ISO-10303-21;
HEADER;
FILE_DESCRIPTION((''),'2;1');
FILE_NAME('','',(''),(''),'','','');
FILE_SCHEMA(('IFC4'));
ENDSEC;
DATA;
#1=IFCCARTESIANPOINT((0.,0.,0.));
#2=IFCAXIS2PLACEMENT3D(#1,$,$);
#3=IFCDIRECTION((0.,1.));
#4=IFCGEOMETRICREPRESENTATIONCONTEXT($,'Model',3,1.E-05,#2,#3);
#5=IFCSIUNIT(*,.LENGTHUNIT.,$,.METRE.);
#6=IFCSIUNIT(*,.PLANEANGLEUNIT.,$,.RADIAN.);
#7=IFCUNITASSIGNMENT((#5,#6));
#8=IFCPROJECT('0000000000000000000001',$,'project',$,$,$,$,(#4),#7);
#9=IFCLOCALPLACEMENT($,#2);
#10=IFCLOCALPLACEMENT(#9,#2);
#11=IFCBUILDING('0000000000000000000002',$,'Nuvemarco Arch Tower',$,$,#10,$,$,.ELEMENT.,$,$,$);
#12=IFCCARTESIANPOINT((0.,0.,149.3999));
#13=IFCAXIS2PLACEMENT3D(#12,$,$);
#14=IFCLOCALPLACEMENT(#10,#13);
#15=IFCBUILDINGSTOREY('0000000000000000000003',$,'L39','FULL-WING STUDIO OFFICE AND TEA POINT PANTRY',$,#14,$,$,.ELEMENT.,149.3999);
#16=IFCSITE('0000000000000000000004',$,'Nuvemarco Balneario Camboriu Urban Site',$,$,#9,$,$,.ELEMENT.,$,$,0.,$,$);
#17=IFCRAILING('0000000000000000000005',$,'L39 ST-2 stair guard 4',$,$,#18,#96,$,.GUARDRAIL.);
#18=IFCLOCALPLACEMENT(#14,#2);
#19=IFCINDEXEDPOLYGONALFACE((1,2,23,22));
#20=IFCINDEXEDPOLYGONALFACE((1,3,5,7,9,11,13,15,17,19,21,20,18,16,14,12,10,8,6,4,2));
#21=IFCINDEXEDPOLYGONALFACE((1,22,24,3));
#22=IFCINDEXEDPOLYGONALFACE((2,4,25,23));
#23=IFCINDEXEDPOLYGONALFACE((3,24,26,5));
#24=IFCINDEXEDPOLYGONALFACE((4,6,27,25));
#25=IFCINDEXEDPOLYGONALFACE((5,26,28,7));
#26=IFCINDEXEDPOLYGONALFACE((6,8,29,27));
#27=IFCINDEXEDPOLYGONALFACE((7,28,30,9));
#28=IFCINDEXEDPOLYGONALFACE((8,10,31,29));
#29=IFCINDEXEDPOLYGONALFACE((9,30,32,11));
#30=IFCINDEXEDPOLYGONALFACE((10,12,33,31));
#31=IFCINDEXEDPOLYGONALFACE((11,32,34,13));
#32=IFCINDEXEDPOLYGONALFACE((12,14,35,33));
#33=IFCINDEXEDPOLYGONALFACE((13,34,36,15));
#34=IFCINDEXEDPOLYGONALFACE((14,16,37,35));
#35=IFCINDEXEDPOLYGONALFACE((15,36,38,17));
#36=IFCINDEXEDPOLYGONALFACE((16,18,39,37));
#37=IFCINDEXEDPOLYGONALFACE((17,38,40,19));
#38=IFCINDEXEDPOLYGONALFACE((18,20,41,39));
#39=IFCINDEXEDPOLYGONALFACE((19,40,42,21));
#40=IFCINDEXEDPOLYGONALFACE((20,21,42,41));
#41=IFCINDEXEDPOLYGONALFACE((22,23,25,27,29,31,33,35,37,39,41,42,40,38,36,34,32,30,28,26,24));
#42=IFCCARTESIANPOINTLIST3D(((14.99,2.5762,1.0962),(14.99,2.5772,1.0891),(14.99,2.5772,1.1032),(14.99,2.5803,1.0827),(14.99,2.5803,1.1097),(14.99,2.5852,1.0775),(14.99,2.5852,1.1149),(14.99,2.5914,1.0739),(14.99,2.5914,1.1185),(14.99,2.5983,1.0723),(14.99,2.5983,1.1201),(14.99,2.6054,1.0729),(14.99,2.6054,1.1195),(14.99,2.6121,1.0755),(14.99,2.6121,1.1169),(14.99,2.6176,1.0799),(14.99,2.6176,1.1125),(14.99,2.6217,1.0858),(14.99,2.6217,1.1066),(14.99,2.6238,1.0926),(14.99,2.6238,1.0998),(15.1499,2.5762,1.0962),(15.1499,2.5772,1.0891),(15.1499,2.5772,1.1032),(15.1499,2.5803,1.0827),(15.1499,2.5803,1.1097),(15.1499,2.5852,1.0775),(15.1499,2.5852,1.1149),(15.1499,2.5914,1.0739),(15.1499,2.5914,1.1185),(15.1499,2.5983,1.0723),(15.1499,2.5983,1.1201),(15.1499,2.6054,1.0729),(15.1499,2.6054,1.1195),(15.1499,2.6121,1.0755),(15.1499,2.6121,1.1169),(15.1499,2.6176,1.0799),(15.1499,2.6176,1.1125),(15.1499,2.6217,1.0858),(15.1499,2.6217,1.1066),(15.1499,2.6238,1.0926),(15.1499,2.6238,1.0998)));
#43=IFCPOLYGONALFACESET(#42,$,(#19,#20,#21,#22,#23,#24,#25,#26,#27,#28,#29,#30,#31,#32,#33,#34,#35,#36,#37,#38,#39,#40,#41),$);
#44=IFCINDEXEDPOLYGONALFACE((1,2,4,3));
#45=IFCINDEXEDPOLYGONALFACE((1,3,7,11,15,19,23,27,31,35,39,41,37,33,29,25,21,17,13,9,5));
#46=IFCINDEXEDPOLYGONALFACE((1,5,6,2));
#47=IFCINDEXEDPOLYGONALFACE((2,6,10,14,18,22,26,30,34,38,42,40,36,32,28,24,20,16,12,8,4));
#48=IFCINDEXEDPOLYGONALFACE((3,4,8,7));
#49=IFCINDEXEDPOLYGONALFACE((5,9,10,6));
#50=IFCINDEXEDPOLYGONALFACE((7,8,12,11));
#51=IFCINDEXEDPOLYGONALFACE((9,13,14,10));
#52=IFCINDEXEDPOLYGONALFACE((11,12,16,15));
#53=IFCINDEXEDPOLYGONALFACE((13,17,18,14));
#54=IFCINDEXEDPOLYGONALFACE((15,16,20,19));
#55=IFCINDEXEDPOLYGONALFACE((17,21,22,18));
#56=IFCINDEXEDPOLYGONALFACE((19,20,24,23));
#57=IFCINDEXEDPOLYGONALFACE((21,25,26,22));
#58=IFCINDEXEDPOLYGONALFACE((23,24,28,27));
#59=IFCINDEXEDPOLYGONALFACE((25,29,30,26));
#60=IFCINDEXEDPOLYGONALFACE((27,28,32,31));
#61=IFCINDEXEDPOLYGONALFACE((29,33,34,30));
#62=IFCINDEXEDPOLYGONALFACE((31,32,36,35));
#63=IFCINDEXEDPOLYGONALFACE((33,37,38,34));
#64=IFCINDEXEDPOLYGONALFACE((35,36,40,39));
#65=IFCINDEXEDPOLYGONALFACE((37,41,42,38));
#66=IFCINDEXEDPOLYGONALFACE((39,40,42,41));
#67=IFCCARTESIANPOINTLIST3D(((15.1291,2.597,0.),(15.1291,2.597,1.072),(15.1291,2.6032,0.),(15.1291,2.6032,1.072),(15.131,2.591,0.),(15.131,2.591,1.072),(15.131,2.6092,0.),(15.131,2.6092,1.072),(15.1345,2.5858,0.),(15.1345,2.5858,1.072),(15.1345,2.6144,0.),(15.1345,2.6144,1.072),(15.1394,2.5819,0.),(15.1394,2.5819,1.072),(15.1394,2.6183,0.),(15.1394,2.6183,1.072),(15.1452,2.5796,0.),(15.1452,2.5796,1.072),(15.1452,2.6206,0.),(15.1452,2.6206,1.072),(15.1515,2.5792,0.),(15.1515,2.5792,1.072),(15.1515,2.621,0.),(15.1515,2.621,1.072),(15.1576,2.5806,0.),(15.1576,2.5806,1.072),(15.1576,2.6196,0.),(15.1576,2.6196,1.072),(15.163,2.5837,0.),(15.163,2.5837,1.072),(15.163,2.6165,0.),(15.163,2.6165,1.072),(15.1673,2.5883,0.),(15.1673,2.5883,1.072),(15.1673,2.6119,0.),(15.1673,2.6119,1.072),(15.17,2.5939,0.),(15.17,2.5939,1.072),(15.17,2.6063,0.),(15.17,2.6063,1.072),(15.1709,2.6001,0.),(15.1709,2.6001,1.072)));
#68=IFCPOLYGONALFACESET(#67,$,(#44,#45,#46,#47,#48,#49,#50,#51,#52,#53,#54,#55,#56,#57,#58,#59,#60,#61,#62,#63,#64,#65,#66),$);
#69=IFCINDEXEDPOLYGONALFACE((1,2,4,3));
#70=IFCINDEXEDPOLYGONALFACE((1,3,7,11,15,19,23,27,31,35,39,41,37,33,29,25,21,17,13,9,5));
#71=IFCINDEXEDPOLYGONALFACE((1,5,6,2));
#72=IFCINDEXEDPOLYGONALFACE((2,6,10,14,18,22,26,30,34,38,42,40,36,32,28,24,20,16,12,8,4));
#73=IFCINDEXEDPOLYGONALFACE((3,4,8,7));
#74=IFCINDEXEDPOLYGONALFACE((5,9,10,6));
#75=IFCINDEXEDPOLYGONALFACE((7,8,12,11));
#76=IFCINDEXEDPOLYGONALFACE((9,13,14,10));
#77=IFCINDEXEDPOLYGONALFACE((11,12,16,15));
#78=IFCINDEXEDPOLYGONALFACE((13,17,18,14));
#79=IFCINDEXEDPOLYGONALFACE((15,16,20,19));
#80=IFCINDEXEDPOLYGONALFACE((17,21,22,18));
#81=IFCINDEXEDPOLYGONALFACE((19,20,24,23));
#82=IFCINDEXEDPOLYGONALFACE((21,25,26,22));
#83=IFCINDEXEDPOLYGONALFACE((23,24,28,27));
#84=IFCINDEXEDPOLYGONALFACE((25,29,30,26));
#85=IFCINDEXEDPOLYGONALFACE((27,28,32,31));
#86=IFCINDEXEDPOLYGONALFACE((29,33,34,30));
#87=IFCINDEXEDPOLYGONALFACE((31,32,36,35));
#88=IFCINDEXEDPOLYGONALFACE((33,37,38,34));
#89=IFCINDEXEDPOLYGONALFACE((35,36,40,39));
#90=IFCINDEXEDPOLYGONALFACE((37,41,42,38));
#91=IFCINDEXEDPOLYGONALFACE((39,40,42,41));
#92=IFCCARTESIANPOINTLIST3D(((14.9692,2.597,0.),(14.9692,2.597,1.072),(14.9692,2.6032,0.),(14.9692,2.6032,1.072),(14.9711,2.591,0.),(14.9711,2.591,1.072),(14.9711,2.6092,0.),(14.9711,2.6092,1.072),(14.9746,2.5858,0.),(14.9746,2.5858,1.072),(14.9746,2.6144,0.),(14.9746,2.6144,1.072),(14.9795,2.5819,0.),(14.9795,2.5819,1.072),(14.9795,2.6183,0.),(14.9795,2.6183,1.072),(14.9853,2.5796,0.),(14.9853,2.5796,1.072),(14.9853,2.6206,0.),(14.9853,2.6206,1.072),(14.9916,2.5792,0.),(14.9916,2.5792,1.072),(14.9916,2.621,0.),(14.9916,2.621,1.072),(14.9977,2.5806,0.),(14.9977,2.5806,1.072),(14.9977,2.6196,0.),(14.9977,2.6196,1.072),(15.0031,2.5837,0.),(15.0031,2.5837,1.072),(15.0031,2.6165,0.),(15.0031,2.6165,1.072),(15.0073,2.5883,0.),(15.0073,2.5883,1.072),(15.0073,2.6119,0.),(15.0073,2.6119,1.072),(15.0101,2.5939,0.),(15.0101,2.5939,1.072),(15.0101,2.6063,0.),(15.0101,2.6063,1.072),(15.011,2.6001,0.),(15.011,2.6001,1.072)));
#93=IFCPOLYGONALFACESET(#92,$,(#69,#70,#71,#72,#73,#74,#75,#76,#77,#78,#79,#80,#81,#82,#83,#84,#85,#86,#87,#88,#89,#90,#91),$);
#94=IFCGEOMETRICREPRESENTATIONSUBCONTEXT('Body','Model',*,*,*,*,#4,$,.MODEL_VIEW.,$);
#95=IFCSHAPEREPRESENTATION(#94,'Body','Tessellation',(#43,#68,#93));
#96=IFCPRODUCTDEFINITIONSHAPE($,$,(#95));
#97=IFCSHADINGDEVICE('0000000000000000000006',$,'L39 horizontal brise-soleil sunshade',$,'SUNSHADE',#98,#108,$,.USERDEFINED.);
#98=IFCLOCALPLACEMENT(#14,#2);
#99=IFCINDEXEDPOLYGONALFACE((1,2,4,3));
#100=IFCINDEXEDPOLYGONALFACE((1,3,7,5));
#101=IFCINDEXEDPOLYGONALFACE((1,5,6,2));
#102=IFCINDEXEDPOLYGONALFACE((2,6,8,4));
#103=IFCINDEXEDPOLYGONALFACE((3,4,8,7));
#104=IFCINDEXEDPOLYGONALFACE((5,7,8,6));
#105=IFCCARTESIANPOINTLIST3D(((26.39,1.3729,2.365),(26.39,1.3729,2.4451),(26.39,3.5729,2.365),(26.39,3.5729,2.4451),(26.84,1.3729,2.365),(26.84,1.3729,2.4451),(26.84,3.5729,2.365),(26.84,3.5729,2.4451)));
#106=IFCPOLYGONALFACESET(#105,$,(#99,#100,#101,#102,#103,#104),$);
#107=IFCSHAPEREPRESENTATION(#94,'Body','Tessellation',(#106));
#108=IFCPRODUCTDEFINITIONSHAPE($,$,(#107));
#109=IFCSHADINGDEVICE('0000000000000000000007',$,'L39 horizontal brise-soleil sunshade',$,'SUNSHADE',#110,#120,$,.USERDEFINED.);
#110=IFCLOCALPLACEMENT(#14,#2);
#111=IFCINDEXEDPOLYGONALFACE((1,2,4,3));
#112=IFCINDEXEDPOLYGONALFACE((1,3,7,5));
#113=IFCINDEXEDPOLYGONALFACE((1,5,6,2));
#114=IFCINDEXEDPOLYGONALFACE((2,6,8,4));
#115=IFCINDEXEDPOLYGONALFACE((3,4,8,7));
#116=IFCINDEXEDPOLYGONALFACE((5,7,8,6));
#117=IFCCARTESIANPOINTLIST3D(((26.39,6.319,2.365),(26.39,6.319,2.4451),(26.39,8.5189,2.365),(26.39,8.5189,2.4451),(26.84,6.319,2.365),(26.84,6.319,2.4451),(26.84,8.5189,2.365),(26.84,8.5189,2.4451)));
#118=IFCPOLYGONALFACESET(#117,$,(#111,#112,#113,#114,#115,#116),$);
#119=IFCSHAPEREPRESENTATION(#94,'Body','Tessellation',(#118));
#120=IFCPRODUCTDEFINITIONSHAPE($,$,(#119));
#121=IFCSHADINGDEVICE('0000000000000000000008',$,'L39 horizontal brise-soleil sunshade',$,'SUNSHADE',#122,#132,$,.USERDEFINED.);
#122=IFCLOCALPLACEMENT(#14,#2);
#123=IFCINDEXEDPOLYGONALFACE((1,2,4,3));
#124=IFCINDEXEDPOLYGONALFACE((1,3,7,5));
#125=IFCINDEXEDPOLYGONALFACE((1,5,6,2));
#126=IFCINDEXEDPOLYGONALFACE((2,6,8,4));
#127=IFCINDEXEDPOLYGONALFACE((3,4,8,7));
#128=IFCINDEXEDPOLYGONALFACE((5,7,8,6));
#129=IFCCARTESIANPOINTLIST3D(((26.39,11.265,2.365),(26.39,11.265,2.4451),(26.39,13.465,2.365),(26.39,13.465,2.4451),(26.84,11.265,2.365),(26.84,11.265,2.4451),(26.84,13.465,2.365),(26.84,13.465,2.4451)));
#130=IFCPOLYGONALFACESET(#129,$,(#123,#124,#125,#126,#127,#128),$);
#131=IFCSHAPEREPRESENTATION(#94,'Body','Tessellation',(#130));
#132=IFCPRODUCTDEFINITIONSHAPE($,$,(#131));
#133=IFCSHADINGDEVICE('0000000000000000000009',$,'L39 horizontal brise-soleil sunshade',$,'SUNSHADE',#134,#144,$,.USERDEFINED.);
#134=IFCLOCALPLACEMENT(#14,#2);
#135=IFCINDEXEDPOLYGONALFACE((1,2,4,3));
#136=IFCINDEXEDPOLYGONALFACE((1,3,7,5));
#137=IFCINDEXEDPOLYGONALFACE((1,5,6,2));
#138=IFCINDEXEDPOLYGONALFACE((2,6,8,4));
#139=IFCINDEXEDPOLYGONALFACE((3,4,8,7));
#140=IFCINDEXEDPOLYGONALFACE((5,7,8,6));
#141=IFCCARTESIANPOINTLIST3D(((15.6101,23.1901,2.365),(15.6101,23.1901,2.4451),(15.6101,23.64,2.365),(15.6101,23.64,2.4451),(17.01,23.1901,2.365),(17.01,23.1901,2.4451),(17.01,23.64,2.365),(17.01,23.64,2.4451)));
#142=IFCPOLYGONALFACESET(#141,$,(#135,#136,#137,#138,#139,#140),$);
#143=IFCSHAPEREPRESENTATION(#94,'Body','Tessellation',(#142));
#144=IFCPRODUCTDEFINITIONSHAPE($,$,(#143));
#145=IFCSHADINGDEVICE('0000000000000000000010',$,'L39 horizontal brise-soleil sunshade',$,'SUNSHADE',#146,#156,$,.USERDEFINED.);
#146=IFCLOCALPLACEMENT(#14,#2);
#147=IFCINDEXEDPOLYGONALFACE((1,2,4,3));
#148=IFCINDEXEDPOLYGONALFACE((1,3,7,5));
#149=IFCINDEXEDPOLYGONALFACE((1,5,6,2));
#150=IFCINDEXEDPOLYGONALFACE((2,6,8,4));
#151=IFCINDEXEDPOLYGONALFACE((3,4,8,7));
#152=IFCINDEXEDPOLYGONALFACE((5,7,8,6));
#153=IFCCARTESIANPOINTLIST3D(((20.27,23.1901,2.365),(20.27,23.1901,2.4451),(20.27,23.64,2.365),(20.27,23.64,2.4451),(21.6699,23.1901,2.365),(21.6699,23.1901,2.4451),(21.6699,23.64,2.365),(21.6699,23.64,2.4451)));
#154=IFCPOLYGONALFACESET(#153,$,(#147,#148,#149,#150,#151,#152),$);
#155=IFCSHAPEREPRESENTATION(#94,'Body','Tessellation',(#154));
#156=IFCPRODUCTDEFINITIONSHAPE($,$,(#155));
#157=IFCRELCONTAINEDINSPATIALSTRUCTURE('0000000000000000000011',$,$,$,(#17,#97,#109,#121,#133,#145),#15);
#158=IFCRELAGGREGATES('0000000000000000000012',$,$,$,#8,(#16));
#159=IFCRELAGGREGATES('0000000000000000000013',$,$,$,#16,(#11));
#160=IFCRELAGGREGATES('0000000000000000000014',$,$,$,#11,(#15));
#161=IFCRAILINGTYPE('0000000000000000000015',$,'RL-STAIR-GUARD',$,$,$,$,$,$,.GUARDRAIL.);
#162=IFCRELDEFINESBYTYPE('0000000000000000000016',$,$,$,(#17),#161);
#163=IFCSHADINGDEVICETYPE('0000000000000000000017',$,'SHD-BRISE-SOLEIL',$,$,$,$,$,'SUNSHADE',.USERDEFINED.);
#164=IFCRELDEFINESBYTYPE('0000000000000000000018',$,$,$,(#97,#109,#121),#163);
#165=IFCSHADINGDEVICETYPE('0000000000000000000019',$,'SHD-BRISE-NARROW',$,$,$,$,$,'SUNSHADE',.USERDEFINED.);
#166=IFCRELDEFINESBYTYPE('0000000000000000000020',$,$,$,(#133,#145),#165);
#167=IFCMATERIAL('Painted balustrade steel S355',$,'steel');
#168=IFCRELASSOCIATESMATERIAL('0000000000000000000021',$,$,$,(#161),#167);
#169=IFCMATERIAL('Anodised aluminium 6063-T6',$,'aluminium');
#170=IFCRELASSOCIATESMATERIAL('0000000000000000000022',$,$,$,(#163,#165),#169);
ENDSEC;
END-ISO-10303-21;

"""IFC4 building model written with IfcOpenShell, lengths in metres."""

from ifc_helpers import new_model, si_unit, direction, frame, origin, origin_2d, place, context, subcontext, project, spatial, rectangle, circle, extrude, source, transform, mapped, material, type_object, type_shapes, element, save


model = new_model("IFC4")

# Units and contexts
model_context = context("Model", 3, precision=1e-05, world=origin(), true_north=direction((0.0, 1.0)))
body_context = subcontext(model_context, "Body", "Model", "MODEL_VIEW")
ifc_project = project(units=[si_unit("LENGTHUNIT", "METRE"), si_unit("PLANEANGLEUNIT", "RADIAN")], contexts=[model_context])

# Site, building, storey
site_placement = place(None, origin())
site = spatial("IfcSite", under=ifc_project, at=site_placement, Name="Nuvemarco Balneario Camboriu Urban Site", CompositionType="ELEMENT", RefElevation=0.0)
building_placement = place(site_placement, origin())
building = spatial("IfcBuilding", under=site, at=building_placement, Name="Nuvemarco Arch Tower", CompositionType="ELEMENT")
storey_placement = place(building_placement, frame((0.0, 0.0, 149.3999)))
storey = spatial("IfcBuildingStorey", under=building, at=storey_placement, Name="L39", Description="FULL-WING STUDIO OFFICE AND TEA POINT PANTRY", CompositionType="ELEMENT", Elevation=149.3999)

# Railing
ifc_material_1 = material(Name="Painted balustrade steel S355", Category="steel")
railing_type_1 = type_object("IfcRailingType", Name="RL-STAIR-GUARD", PredefinedType="GUARDRAIL", material=ifc_material_1)
railing_1_placement = place(storey_placement, frame((15.1499, 2.6001, 0.0)))
element("IfcRailing", 1, at=railing_1_placement, inside=storey, type_object=railing_type_1, Name="L39 ST-2 stair guard 4", PredefinedType="GUARDRAIL", context=body_context, shape_type="SweptSolid", body=[
    extrude(circle(Radius=0.0239, at=origin_2d()), frame((0.0, 0.0, 1.0962), z_axis=(-1.0, 0.0, 0.0), x_axis=(0.0, -1.0, 0.0)), (0.0, 0.0, 1.0), 0.1599),
    extrude(circle(Radius=0.021, at=origin_2d()), origin(), (0.0, 0.0, 1.0), 1.072),
    extrude(circle(Radius=0.021, at=origin_2d()), frame((-0.1599, 0.0, 0.0)), (0.0, 0.0, 1.0), 1.072),
])

# Shading devices
ifc_material_2 = material(Name="Anodised aluminium 6063-T6", Category="aluminium")
shading_device_type_1 = type_object("IfcShadingDeviceType", Name="SHD-BRISE-SOLEIL", ElementType="SUNSHADE", PredefinedType="USERDEFINED", material=ifc_material_2)
shared_shape_1 = source(origin(), body_context, "Body", "SweptSolid", [
    extrude(rectangle(XDim=2.2, YDim=0.45, at=origin_2d()), origin(), (0.0, 0.0, 1.0), 0.0801),
])
type_shapes(shading_device_type_1, [shared_shape_1])
for number, where, z_axis, x_axis, name in (
    (2, (26.615, 2.4729, 2.365), (0.0, 0.0, 1.0), (0.0, 1.0, 0.0), "L39 horizontal brise-soleil sunshade"),
    (3, (26.615, 7.4189, 2.365), (0.0, 0.0, 1.0), (0.0, 1.0, 0.0), "L39 horizontal brise-soleil sunshade"),
    (4, (26.615, 12.365, 2.365), (0.0, 0.0, 1.0), (0.0, 1.0, 0.0), "L39 horizontal brise-soleil sunshade"),
):
    element("IfcShadingDevice", number, at=place(storey_placement, frame(where, z_axis=z_axis, x_axis=x_axis)), inside=storey, type_object=shading_device_type_1, Name=name, ObjectType="SUNSHADE", PredefinedType="USERDEFINED", context=body_context, shape_type="MappedRepresentation", body=[
        mapped(shared_shape_1, transform((0.0, 0.0, 0.0), scale=1.0)),
    ])
shading_device_type_2 = type_object("IfcShadingDeviceType", Name="SHD-BRISE-NARROW", ElementType="SUNSHADE", PredefinedType="USERDEFINED", material=ifc_material_2)
shared_shape_2 = source(origin(), body_context, "Body", "SweptSolid", [
    extrude(rectangle(XDim=1.3999, YDim=0.45, at=origin_2d()), origin(), (0.0, 0.0, 1.0), 0.0801),
])
type_shapes(shading_device_type_2, [shared_shape_2])
for number, where, z_axis, x_axis, name in (
    (5, (16.3101, 23.415, 2.365), (0.0, 0.0, 1.0), (1.0, 0.0, 0.0), "L39 horizontal brise-soleil sunshade"),
    (6, (20.97, 23.415, 2.365), (0.0, 0.0, 1.0), (1.0, 0.0, 0.0), "L39 horizontal brise-soleil sunshade"),
):
    element("IfcShadingDevice", number, at=place(storey_placement, frame(where, z_axis=z_axis, x_axis=x_axis)), inside=storey, type_object=shading_device_type_2, Name=name, ObjectType="SUNSHADE", PredefinedType="USERDEFINED", context=body_context, shape_type="MappedRepresentation", body=[
        mapped(shared_shape_2, transform((0.0, 0.0, 0.0), scale=1.0)),
    ])

save(model, "model.ifc")
